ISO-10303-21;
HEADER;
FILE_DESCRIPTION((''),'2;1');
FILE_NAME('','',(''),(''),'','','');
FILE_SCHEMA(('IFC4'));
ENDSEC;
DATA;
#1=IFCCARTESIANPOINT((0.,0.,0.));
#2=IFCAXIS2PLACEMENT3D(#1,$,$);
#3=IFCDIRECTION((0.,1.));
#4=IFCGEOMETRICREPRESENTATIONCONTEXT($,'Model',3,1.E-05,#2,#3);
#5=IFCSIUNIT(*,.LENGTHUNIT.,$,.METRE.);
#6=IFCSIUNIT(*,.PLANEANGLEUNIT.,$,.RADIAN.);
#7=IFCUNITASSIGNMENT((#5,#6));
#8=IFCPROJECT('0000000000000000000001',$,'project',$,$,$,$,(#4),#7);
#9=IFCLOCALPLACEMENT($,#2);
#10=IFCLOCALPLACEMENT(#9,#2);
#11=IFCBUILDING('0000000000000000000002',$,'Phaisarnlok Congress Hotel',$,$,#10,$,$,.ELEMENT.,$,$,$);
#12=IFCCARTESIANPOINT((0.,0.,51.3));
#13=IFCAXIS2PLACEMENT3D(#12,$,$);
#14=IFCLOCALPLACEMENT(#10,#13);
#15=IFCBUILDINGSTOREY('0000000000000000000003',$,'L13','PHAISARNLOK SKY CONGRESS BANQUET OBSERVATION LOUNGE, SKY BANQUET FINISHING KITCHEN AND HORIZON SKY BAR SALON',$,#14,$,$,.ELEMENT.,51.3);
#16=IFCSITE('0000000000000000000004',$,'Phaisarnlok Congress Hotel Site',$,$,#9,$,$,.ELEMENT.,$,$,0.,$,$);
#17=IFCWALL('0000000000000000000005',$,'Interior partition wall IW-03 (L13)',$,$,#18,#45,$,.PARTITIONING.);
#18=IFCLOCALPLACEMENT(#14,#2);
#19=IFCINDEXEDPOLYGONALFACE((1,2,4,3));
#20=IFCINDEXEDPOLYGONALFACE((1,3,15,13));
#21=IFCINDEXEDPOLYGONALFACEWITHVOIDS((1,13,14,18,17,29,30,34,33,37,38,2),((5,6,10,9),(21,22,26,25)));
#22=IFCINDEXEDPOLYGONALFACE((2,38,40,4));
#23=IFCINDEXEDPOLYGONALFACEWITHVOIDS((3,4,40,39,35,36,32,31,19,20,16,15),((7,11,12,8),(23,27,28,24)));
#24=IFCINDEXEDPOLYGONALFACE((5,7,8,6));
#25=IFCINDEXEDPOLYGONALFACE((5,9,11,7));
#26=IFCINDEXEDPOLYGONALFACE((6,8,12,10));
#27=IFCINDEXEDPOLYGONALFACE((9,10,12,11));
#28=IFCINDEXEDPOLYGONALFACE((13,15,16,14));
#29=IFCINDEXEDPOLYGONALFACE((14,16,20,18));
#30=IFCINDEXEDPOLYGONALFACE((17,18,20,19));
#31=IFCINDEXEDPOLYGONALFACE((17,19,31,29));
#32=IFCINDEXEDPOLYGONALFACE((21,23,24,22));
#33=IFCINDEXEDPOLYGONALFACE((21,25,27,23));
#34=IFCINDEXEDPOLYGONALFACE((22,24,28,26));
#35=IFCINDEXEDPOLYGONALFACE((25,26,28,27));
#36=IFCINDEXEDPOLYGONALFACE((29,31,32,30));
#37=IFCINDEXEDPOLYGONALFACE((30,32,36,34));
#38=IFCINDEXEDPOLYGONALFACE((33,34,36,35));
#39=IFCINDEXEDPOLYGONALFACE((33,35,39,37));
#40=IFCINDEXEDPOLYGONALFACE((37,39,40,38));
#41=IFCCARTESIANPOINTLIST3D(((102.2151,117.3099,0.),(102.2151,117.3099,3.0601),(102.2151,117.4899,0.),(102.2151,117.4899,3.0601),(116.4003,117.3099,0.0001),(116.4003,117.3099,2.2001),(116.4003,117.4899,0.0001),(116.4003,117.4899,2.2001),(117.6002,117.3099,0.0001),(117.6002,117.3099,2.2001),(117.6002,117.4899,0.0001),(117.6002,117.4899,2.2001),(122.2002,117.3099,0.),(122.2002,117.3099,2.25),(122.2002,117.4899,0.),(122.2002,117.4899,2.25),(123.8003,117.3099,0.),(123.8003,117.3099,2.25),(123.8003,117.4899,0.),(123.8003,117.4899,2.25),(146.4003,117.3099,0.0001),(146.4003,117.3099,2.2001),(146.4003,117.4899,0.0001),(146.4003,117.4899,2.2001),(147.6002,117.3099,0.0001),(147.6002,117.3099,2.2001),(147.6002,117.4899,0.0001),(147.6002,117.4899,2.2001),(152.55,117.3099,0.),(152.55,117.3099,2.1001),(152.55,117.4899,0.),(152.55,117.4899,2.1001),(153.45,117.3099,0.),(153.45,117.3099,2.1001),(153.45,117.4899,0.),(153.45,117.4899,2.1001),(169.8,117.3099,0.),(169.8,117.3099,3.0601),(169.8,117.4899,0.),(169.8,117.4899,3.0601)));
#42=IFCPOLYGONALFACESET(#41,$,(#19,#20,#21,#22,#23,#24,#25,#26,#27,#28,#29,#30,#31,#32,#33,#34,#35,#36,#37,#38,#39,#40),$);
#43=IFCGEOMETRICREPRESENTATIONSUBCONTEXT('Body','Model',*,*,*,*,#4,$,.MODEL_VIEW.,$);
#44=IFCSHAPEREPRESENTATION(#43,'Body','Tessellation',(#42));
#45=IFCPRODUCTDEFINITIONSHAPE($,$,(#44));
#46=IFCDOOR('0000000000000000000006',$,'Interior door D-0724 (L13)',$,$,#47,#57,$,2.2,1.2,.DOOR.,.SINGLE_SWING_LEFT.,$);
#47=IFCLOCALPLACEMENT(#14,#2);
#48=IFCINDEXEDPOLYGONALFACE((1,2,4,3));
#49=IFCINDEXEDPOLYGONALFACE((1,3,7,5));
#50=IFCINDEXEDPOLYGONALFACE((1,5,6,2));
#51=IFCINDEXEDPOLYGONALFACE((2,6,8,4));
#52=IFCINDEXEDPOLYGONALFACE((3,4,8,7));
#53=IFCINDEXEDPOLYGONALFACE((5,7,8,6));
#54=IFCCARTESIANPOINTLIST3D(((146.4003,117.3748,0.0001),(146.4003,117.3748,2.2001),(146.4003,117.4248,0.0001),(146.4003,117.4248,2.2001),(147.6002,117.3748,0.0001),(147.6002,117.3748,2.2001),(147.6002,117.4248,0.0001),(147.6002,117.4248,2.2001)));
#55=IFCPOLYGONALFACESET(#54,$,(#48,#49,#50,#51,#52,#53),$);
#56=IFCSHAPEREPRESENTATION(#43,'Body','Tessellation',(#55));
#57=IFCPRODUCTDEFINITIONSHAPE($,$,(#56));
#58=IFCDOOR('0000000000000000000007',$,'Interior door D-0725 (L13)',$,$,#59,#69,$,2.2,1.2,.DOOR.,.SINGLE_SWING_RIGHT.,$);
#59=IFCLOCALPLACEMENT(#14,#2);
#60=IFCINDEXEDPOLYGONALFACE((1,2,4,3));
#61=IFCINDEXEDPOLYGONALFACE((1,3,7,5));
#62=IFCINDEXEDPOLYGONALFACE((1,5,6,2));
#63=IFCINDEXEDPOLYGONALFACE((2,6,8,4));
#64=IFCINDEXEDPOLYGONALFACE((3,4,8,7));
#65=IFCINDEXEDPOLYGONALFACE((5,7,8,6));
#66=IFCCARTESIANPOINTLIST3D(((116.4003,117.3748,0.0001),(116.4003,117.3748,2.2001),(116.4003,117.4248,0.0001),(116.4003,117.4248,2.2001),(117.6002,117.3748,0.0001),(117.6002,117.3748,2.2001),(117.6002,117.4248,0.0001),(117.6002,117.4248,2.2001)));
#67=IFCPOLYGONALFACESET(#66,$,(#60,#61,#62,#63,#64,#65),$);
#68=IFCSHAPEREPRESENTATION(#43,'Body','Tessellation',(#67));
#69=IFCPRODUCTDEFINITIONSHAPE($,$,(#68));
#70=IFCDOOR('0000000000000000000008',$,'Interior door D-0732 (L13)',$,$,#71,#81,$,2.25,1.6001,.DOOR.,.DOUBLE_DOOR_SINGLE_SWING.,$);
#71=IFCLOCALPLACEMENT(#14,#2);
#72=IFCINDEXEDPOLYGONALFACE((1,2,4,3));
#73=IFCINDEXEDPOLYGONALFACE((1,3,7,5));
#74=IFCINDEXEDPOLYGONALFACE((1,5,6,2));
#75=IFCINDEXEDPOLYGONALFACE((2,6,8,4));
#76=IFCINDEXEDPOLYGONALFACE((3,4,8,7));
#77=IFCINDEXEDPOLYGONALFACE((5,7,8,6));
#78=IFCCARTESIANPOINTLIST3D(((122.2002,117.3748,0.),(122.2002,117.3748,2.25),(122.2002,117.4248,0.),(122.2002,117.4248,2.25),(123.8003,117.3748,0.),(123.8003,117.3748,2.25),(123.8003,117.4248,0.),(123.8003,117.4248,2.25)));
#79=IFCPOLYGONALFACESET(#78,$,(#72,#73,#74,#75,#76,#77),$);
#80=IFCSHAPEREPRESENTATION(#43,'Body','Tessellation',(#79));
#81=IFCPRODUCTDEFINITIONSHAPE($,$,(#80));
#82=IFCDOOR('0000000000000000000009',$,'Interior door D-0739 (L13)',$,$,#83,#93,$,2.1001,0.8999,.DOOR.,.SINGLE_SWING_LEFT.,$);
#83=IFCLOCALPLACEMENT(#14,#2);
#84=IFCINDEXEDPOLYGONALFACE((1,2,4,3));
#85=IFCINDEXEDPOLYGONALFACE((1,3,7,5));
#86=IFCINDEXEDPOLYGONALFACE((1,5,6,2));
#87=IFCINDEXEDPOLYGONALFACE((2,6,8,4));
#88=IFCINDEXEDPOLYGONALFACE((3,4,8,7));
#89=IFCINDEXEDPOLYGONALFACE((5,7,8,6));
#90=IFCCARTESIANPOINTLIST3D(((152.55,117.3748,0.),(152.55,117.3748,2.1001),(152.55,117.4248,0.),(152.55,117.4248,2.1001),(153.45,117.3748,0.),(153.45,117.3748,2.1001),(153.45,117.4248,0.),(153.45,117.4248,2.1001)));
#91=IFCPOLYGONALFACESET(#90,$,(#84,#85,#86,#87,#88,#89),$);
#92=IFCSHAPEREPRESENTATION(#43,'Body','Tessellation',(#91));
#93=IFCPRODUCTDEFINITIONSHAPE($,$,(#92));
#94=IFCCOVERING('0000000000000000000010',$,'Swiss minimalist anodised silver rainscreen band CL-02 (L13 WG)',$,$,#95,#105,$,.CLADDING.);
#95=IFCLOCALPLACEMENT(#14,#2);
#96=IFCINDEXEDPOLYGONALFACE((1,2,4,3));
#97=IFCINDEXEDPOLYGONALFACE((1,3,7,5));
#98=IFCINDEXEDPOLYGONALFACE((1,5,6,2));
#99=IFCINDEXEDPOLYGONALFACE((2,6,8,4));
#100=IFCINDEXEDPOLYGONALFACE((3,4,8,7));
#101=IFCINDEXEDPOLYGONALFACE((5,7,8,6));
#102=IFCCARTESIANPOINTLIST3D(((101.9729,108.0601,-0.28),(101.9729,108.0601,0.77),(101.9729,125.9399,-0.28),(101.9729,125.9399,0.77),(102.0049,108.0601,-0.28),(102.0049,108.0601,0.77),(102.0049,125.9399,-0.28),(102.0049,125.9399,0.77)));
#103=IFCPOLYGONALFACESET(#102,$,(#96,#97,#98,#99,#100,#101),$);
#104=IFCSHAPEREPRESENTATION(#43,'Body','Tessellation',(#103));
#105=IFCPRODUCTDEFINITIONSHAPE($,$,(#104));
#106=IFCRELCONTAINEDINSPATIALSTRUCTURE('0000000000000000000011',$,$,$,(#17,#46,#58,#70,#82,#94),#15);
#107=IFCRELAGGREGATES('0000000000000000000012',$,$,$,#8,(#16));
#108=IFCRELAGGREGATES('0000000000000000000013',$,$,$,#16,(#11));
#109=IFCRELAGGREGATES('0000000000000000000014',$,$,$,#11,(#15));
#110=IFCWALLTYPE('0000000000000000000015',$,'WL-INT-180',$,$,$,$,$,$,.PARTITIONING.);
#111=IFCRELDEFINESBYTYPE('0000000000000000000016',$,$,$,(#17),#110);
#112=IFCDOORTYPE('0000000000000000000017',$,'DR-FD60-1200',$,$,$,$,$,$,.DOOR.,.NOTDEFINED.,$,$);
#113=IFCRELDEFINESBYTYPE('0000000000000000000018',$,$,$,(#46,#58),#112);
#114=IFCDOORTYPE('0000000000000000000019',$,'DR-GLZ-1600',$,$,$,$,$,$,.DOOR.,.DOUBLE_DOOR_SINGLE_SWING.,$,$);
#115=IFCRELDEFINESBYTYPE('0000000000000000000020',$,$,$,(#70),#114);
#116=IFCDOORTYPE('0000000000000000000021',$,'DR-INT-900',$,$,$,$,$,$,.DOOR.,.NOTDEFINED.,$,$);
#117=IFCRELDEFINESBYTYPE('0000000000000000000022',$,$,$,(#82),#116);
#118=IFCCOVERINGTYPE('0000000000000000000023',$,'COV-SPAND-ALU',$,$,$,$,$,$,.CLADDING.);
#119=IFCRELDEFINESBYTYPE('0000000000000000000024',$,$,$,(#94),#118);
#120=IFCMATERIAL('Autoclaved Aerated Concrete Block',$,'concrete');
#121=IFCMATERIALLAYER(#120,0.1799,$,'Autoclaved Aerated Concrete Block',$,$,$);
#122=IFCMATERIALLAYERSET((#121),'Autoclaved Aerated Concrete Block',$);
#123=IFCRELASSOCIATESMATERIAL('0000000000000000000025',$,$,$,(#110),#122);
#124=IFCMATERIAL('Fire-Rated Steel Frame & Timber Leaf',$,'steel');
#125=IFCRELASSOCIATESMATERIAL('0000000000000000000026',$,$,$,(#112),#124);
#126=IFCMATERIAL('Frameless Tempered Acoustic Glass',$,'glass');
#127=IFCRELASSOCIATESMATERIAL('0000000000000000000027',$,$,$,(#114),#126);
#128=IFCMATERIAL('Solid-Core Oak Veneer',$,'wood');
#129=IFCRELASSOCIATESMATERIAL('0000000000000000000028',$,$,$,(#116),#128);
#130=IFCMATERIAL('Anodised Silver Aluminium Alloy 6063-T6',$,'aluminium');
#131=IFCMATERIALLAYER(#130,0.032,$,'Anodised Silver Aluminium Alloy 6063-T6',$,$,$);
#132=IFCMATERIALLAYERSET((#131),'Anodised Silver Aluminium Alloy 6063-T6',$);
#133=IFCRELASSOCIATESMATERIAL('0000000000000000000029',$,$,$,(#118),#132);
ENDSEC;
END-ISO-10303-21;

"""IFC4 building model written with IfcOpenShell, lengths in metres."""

from ifc_helpers import new_model, si_unit, direction, frame, frame_2d, origin, place, context, subcontext, project, spatial, polyline, rectangle, outline, extrude, material, layer, layer_set, type_object, element, fill, save


model = new_model("IFC4")

# Units and contexts
model_context = context("Model", 3, precision=1e-05, world=origin(), true_north=direction((0.0, 1.0)))
body_context = subcontext(model_context, "Body", "Model", "MODEL_VIEW")
ifc_project = project(units=[si_unit("LENGTHUNIT", "METRE"), si_unit("PLANEANGLEUNIT", "RADIAN")], contexts=[model_context])

# Site, building, storey
site_placement = place(None, origin())
site = spatial("IfcSite", under=ifc_project, at=site_placement, Name="Phaisarnlok Congress Hotel Site", CompositionType="ELEMENT", RefElevation=0.0)
building_placement = place(site_placement, origin())
building = spatial("IfcBuilding", under=site, at=building_placement, Name="Phaisarnlok Congress Hotel", CompositionType="ELEMENT")
storey_placement = place(building_placement, frame((0.0, 0.0, 51.3)))
storey = spatial("IfcBuildingStorey", under=building, at=storey_placement, Name="L13", Description="PHAISARNLOK SKY CONGRESS BANQUET OBSERVATION LOUNGE, SKY BANQUET FINISHING KITCHEN AND HORIZON SKY BAR SALON", CompositionType="ELEMENT", Elevation=51.3)

# Wall, openings, doors
ifc_material_1 = material(Name="Autoclaved Aerated Concrete Block", Category="concrete")
ifc_layer_1 = layer(ifc_material_1, 0.1799, Name="Autoclaved Aerated Concrete Block")
ifc_layer_set_1 = layer_set([ifc_layer_1], Name="Autoclaved Aerated Concrete Block")
wall_type_1 = type_object("IfcWallType", Name="WL-INT-180", PredefinedType="PARTITIONING", material=ifc_layer_set_1)
wall_1_placement = place(storey_placement, frame((102.2151, 117.3999, 0.0), z_axis=(0.0, 0.0, 1.0), x_axis=(1.0, 0.0, 0.0)))
wall_1 = element("IfcWall", 1, at=wall_1_placement, inside=storey, type_object=wall_type_1, Name="Interior partition wall IW-03 (L13)", PredefinedType="PARTITIONING", context=body_context, shape_type="SweptSolid", body=[
    extrude(rectangle(XDim=67.585, YDim=0.1799, at=frame_2d((33.7925, 0.0))), origin(), (0.0, 0.0, 1.0), 3.0601),
])
opening_1_placement = place(wall_1_placement, frame((44.1851, 0.0, 0.0)))
opening_1 = element("IfcOpeningElement", 2, at=opening_1_placement, cuts=wall_1, PredefinedType="OPENING", context=body_context, shape_type="SweptSolid", body=[
    extrude(rectangle(XDim=1.2, YDim=2.2, at=frame_2d((0.6001, 1.1001))), frame((0.0, 0.1001, 0.0), z_axis=(0.0, -1.0, 0.0), x_axis=(1.0, 0.0, 0.0)), (0.0, 0.0, 1.0), 0.2),
])
opening_2_placement = place(wall_1_placement, frame((14.1851, 0.0, 0.0)))
opening_2 = element("IfcOpeningElement", 3, at=opening_2_placement, cuts=wall_1, PredefinedType="OPENING", context=body_context, shape_type="SweptSolid", body=[
    extrude(rectangle(XDim=1.2, YDim=2.2, at=frame_2d((0.6001, 1.1001))), frame((0.0, 0.1001, 0.0), z_axis=(0.0, -1.0, 0.0), x_axis=(1.0, 0.0, 0.0)), (0.0, 0.0, 1.0), 0.2),
])
opening_3_placement = place(wall_1_placement, frame((19.9851, 0.0, 0.0)))
opening_3 = element("IfcOpeningElement", 4, at=opening_3_placement, cuts=wall_1, PredefinedType="OPENING", context=body_context, shape_type="SweptSolid", body=[
    extrude(rectangle(XDim=1.6001, YDim=2.25, at=frame_2d((0.8, 1.125))), frame((0.0, 0.1001, 0.0), z_axis=(0.0, -1.0, 0.0), x_axis=(1.0, 0.0, 0.0)), (0.0, 0.0, 1.0), 0.2),
])
opening_4_placement = place(wall_1_placement, frame((50.335, 0.0, 0.0)))
opening_4 = element("IfcOpeningElement", 5, at=opening_4_placement, cuts=wall_1, PredefinedType="OPENING", context=body_context, shape_type="SweptSolid", body=[
    extrude(rectangle(XDim=0.8999, YDim=2.1001, at=frame_2d((0.45, 1.05))), frame((0.0, 0.1001, 0.0), z_axis=(0.0, -1.0, 0.0), x_axis=(1.0, 0.0, 0.0)), (0.0, 0.0, 1.0), 0.2),
])
ifc_material_2 = material(Name="Fire-Rated Steel Frame & Timber Leaf", Category="steel")
door_type_1 = type_object("IfcDoorType", Name="DR-FD60-1200", OperationType="NOTDEFINED", PredefinedType="DOOR", material=ifc_material_2)
door_1_placement = place(opening_1_placement, origin())
door_1 = element("IfcDoor", 6, at=door_1_placement, inside=storey, type_object=door_type_1, Name="Interior door D-0724 (L13)", OperationType="SINGLE_SWING_LEFT", OverallHeight=2.2, OverallWidth=1.2, PredefinedType="DOOR", context=body_context, shape_type="SweptSolid", body=[
    extrude(rectangle(XDim=1.2, YDim=2.2, at=frame_2d((0.6001, 1.1001))), frame((0.0, 0.0249, 0.0), z_axis=(0.0, -1.0, 0.0), x_axis=(1.0, 0.0, 0.0)), (0.0, 0.0, 1.0), 0.05),
])
fill(opening_1, door_1)
door_2_placement = place(opening_2_placement, origin())
door_2 = element("IfcDoor", 7, at=door_2_placement, inside=storey, type_object=door_type_1, Name="Interior door D-0725 (L13)", OperationType="SINGLE_SWING_RIGHT", OverallHeight=2.2, OverallWidth=1.2, PredefinedType="DOOR", context=body_context, shape_type="SweptSolid", body=[
    extrude(rectangle(XDim=1.2, YDim=2.2, at=frame_2d((0.6001, 1.1001))), frame((0.0, 0.0249, 0.0), z_axis=(0.0, -1.0, 0.0), x_axis=(1.0, 0.0, 0.0)), (0.0, 0.0, 1.0), 0.05),
])
fill(opening_2, door_2)
ifc_material_3 = material(Name="Frameless Tempered Acoustic Glass", Category="glass")
door_type_2 = type_object("IfcDoorType", Name="DR-GLZ-1600", OperationType="DOUBLE_DOOR_SINGLE_SWING", PredefinedType="DOOR", material=ifc_material_3)
door_3_placement = place(opening_3_placement, origin())
door_3 = element("IfcDoor", 8, at=door_3_placement, inside=storey, type_object=door_type_2, Name="Interior door D-0732 (L13)", OperationType="DOUBLE_DOOR_SINGLE_SWING", OverallHeight=2.25, OverallWidth=1.6001, PredefinedType="DOOR", context=body_context, shape_type="SweptSolid", body=[
    extrude(rectangle(XDim=1.6001, YDim=2.25, at=frame_2d((0.8, 1.125))), frame((0.0, 0.0249, 0.0), z_axis=(0.0, -1.0, 0.0), x_axis=(1.0, 0.0, 0.0)), (0.0, 0.0, 1.0), 0.05),
])
fill(opening_3, door_3)
ifc_material_4 = material(Name="Solid-Core Oak Veneer", Category="wood")
door_type_3 = type_object("IfcDoorType", Name="DR-INT-900", OperationType="NOTDEFINED", PredefinedType="DOOR", material=ifc_material_4)
door_4_placement = place(opening_4_placement, origin())
door_4 = element("IfcDoor", 9, at=door_4_placement, inside=storey, type_object=door_type_3, Name="Interior door D-0739 (L13)", OperationType="SINGLE_SWING_LEFT", OverallHeight=2.1001, OverallWidth=0.8999, PredefinedType="DOOR", context=body_context, shape_type="SweptSolid", body=[
    extrude(rectangle(XDim=0.8999, YDim=2.1001, at=frame_2d((0.45, 1.05))), frame((0.0, 0.0249, 0.0), z_axis=(0.0, -1.0, 0.0), x_axis=(1.0, 0.0, 0.0)), (0.0, 0.0, 1.0), 0.05),
])
fill(opening_4, door_4)

# Covering
ifc_material_5 = material(Name="Anodised Silver Aluminium Alloy 6063-T6", Category="aluminium")
ifc_layer_2 = layer(ifc_material_5, 0.032, Name="Anodised Silver Aluminium Alloy 6063-T6")
ifc_layer_set_2 = layer_set([ifc_layer_2], Name="Anodised Silver Aluminium Alloy 6063-T6")
covering_type = type_object("IfcCoveringType", Name="COV-SPAND-ALU", PredefinedType="CLADDING", material=ifc_layer_set_2)
covering_placement = place(storey_placement, frame((102.0049, 125.9399, -0.28), z_axis=(-1.0, 0.0, 0.0), x_axis=(0.0, -1.0, 0.0)))
element("IfcCovering", 10, at=covering_placement, inside=storey, type_object=covering_type, Name="Swiss minimalist anodised silver rainscreen band CL-02 (L13 WG)", PredefinedType="CLADDING", context=body_context, shape_type="SweptSolid", body=[
    extrude(outline(polyline([(0.0, 0.0), (17.8799, 0.0), (17.8799, 1.05), (0.0, 1.05), (0.0, 0.0)])), origin(), (0.0, 0.0, 1.0), 0.032),
])

save(model, "model.ifc")
